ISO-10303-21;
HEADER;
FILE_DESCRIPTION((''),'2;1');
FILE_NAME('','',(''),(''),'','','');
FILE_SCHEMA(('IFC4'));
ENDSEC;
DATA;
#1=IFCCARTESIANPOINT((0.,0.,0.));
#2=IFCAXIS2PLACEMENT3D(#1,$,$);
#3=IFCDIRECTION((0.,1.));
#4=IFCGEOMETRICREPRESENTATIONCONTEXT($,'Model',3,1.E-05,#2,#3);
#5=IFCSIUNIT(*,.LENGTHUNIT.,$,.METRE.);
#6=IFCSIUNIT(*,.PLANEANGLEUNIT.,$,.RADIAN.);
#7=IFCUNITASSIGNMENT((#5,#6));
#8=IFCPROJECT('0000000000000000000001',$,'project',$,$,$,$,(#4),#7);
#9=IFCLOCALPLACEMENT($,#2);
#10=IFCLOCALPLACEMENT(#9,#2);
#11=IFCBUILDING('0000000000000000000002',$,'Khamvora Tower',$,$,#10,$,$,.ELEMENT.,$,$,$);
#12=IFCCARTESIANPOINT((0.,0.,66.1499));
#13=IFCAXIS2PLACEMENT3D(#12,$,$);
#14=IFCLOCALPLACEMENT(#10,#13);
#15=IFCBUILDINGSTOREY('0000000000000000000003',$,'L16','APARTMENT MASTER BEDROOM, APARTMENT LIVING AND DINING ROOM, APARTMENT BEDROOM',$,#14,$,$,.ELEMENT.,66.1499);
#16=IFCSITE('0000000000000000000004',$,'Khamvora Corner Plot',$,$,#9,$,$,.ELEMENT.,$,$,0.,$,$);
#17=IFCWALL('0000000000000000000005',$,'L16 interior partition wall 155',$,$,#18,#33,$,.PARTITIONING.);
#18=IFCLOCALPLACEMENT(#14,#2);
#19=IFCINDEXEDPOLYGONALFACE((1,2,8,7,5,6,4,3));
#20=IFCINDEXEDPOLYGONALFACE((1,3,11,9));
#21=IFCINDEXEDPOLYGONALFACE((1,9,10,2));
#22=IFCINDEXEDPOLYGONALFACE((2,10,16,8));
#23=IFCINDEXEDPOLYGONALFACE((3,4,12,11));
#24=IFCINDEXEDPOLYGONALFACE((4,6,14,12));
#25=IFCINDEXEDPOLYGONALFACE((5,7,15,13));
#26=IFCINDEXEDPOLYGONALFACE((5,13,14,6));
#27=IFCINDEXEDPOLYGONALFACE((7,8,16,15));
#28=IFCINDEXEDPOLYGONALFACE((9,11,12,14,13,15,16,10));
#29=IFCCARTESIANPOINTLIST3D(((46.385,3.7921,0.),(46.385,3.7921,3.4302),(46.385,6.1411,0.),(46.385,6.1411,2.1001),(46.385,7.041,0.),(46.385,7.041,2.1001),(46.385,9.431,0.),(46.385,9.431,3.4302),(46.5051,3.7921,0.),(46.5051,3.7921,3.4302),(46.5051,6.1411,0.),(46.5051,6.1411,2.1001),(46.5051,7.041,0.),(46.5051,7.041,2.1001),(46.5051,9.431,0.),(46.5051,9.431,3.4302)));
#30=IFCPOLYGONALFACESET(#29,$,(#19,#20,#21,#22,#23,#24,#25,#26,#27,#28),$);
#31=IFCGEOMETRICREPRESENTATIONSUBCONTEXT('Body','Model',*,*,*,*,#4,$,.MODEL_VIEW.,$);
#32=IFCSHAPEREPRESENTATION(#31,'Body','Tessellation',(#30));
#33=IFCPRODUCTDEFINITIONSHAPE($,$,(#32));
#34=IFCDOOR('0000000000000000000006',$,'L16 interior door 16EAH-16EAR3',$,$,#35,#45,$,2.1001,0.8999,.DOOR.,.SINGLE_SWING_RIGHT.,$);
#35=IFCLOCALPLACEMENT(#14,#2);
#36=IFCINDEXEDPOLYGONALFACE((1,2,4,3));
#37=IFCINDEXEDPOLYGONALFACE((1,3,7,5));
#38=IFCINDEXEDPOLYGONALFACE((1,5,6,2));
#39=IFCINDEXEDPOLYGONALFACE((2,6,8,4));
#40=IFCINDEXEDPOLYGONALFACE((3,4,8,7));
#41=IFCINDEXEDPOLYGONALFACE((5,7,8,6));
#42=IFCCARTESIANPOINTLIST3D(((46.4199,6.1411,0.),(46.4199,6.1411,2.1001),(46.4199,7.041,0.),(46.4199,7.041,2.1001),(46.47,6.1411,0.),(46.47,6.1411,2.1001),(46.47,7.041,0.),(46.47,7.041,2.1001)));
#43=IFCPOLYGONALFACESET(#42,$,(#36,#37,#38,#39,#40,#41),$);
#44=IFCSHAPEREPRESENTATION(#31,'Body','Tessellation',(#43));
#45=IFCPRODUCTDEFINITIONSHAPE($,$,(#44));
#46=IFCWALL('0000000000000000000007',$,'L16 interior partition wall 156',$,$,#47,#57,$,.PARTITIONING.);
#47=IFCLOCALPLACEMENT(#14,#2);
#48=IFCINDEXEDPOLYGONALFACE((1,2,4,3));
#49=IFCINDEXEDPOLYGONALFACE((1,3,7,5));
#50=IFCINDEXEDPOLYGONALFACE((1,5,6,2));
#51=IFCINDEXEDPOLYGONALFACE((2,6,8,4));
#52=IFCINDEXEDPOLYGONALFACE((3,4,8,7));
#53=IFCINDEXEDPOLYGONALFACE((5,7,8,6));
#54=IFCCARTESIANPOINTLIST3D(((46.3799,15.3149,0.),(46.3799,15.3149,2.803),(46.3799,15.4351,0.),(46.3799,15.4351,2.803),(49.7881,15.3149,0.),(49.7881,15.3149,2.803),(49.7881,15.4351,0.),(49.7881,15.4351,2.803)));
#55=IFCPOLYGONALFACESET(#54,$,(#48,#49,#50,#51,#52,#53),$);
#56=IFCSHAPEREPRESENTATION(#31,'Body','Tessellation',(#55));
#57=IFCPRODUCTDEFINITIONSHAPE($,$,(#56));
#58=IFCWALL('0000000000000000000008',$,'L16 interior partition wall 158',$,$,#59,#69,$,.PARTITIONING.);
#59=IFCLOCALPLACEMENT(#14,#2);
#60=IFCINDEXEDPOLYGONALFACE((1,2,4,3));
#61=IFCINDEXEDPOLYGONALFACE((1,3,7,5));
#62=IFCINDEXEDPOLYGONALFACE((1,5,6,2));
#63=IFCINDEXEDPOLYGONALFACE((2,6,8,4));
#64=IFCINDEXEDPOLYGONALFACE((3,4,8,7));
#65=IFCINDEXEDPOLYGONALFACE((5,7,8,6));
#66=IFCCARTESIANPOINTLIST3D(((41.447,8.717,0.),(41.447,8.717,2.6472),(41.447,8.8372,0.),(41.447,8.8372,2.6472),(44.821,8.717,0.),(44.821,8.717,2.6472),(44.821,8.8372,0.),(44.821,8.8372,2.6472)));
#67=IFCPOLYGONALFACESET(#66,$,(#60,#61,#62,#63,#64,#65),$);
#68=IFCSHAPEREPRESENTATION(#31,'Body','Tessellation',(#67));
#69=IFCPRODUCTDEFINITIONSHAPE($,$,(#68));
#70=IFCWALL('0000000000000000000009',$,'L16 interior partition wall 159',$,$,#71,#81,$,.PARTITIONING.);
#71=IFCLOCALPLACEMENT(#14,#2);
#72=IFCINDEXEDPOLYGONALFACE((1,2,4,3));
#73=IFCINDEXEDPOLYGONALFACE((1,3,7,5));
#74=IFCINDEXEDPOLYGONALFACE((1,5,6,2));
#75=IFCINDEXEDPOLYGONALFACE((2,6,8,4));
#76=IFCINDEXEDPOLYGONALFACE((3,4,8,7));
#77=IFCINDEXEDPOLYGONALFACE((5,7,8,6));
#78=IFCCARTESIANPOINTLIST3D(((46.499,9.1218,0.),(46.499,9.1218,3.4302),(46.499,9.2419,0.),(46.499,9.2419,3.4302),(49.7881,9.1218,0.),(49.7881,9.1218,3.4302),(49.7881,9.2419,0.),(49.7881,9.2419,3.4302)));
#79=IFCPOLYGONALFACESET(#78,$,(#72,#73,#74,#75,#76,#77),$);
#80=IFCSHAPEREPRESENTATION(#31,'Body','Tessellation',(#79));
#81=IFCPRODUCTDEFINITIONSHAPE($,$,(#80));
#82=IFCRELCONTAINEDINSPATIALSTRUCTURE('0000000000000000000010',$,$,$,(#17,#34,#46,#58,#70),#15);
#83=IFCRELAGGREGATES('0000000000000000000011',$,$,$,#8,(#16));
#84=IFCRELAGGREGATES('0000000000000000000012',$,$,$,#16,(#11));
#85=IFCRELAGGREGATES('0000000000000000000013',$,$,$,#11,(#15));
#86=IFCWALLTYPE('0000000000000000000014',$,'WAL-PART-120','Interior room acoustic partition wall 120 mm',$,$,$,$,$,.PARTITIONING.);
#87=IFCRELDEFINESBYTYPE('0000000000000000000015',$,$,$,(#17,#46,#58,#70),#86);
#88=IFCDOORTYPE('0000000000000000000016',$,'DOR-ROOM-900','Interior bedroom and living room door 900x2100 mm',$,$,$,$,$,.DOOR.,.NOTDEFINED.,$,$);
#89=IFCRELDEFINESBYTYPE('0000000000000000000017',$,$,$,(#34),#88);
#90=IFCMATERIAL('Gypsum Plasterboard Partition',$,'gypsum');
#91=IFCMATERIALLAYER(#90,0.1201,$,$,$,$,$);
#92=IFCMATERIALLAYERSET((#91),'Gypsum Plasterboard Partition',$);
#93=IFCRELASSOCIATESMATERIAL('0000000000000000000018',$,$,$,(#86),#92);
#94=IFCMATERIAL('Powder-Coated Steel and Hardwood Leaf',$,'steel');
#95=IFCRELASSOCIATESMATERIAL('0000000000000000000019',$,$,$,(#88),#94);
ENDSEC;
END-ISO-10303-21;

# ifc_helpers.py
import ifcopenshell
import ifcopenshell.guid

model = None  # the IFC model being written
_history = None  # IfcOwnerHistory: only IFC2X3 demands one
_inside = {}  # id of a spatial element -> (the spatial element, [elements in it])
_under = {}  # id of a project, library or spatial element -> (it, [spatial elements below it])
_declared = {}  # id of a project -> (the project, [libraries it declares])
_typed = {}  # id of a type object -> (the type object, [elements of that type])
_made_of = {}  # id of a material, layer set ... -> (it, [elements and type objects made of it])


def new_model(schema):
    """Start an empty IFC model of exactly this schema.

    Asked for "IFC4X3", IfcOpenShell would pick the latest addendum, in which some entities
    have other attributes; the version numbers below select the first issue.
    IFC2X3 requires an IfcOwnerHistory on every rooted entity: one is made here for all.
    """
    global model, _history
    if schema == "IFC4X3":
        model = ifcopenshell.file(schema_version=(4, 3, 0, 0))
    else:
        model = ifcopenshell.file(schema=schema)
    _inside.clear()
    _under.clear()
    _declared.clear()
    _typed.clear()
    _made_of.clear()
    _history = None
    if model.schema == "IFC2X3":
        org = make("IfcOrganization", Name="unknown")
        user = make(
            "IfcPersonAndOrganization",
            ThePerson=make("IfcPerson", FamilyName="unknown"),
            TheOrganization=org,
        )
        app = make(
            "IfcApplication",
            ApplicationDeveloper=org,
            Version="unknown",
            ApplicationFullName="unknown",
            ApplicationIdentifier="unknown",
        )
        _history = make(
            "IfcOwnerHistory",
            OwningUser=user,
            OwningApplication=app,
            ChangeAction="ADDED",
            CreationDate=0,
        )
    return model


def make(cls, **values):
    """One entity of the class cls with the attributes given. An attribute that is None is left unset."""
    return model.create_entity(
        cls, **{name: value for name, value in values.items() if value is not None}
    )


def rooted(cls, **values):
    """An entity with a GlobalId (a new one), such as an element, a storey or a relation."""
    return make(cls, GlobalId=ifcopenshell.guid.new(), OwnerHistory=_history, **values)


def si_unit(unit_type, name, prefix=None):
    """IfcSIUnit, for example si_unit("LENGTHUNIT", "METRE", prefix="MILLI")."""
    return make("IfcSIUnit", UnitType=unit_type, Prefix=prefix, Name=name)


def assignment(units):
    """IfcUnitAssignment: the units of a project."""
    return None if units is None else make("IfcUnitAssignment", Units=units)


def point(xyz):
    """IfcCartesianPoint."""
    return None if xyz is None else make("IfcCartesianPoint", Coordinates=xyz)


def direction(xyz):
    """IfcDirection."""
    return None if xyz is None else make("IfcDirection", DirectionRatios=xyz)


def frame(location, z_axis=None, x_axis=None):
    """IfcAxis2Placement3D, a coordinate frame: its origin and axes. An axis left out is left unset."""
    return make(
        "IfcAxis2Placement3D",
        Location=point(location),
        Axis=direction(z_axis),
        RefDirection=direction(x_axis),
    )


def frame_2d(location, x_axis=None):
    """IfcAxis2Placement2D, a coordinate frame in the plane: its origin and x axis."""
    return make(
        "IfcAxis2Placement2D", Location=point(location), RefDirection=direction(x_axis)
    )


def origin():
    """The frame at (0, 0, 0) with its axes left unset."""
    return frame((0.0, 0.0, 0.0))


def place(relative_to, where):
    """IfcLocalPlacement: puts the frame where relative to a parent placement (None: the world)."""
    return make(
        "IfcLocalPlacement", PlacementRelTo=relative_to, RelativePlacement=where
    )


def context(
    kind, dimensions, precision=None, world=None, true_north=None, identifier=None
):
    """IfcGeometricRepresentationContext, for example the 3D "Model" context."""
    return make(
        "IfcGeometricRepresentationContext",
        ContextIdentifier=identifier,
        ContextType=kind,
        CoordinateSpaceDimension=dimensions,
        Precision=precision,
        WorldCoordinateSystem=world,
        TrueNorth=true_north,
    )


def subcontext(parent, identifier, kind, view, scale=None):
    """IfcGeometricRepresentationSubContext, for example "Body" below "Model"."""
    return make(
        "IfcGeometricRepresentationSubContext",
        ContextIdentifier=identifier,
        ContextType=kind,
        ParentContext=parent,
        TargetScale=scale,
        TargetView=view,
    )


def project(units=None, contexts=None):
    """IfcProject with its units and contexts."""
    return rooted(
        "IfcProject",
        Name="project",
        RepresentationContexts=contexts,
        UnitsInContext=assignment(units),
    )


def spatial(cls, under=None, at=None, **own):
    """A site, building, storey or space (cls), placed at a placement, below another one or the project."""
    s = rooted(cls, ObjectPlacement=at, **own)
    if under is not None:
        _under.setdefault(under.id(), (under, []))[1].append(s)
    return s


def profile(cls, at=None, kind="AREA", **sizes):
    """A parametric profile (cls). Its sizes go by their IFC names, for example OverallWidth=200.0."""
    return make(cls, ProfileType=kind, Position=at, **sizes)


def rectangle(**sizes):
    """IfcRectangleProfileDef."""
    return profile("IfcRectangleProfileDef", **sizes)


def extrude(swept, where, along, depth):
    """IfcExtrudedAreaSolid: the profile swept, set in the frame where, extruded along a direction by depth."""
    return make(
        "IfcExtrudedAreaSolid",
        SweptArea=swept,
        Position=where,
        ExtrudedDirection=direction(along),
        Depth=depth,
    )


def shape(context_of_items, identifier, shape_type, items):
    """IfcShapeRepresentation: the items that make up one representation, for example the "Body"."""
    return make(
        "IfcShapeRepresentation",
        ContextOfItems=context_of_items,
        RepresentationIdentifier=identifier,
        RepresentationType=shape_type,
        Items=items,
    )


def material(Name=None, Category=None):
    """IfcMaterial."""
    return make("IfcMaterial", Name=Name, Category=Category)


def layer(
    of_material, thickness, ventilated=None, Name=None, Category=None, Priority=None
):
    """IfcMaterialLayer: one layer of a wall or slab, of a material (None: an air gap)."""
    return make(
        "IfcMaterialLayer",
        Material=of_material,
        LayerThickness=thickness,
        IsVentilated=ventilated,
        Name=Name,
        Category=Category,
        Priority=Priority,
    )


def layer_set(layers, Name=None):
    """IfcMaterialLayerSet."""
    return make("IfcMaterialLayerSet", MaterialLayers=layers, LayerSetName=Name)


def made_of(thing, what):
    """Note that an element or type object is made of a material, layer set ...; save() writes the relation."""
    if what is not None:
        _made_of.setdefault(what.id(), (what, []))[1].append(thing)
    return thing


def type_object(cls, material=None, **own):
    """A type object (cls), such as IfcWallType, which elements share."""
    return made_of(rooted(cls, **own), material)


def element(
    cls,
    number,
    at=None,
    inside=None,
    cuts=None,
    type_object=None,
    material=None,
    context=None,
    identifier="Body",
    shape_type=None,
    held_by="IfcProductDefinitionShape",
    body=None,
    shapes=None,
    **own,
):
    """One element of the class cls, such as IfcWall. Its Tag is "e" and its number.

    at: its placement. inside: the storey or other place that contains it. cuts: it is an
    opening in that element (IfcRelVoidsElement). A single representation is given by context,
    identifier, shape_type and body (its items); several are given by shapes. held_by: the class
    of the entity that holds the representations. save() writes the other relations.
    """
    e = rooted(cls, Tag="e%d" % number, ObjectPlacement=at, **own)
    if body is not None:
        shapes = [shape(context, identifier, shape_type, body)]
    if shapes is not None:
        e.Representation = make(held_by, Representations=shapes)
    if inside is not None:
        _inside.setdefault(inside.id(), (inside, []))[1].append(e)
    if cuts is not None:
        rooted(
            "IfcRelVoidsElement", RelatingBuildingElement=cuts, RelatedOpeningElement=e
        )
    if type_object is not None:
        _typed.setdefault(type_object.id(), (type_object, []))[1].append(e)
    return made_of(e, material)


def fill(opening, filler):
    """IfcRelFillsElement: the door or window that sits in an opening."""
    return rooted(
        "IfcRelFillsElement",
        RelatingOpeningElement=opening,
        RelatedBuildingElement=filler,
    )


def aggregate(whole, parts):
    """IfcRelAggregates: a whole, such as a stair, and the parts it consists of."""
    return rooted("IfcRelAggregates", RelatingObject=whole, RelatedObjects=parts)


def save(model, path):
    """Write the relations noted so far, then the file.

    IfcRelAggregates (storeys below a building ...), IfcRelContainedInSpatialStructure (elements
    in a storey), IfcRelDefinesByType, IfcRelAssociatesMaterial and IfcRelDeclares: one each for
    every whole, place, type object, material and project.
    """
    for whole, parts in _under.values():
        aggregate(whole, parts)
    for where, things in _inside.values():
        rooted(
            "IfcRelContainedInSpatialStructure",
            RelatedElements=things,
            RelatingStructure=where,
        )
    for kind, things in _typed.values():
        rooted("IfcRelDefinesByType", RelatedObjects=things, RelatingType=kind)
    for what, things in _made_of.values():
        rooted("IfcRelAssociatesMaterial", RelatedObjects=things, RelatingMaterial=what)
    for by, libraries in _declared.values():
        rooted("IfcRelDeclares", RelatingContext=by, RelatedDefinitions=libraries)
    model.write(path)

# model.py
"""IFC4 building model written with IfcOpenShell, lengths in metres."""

from ifc_helpers import new_model, si_unit, direction, frame, frame_2d, origin, place, context, subcontext, project, spatial, rectangle, extrude, material, layer, layer_set, type_object, element, fill, save


model = new_model("IFC4")

# Units and contexts
model_context = context("Model", 3, precision=1e-05, world=origin(), true_north=direction((0.0, 1.0)))
body_context = subcontext(model_context, "Body", "Model", "MODEL_VIEW")
ifc_project = project(units=[si_unit("LENGTHUNIT", "METRE"), si_unit("PLANEANGLEUNIT", "RADIAN")], contexts=[model_context])

# Site, building, storey
site_placement = place(None, origin())
site = spatial("IfcSite", under=ifc_project, at=site_placement, Name="Khamvora Corner Plot", CompositionType="ELEMENT", RefElevation=0.0)
building_placement = place(site_placement, origin())
building = spatial("IfcBuilding", under=site, at=building_placement, Name="Khamvora Tower", CompositionType="ELEMENT")
storey_placement = place(building_placement, frame((0.0, 0.0, 66.1499)))
storey = spatial("IfcBuildingStorey", under=building, at=storey_placement, Name="L16", Description="APARTMENT MASTER BEDROOM, APARTMENT LIVING AND DINING ROOM, APARTMENT BEDROOM", CompositionType="ELEMENT", Elevation=66.1499)

# Shared definitions
ifc_material_1 = material(Name="Gypsum Plasterboard Partition", Category="gypsum")
ifc_layer_1 = layer(ifc_material_1, 0.1201)
ifc_layer_set_1 = layer_set([ifc_layer_1], Name="Gypsum Plasterboard Partition")
wall_type_1 = type_object("IfcWallType", Name="WAL-PART-120", Description="Interior room acoustic partition wall 120 mm", PredefinedType="PARTITIONING", material=ifc_layer_set_1)
ifc_material_2 = material(Name="Powder-Coated Steel and Hardwood Leaf", Category="steel")
door_type = type_object("IfcDoorType", Name="DOR-ROOM-900", Description="Interior bedroom and living room door 900x2100 mm", OperationType="NOTDEFINED", PredefinedType="DOOR", material=ifc_material_2)

# Wall, opening, door
wall_1_placement = place(storey_placement, frame((46.4451, 9.4309, 0.0), z_axis=(0.0, 0.0, 1.0), x_axis=(0.0, -1.0, 0.0)))
wall_1 = element("IfcWall", 1, at=wall_1_placement, inside=storey, type_object=wall_type_1, Name="L16 interior partition wall 155", PredefinedType="PARTITIONING", context=body_context, shape_type="SweptSolid", body=[
    extrude(rectangle(XDim=5.6389, YDim=0.1201, at=frame_2d((2.8193, 0.0))), origin(), (0.0, 0.0, 1.0), 3.4302),
])
opening_1_placement = place(wall_1_placement, frame((2.3899, 0.0, 0.0)))
opening_1 = element("IfcOpeningElement", 2, at=opening_1_placement, cuts=wall_1, PredefinedType="OPENING", context=body_context, shape_type="SweptSolid", body=[
    extrude(rectangle(XDim=0.8999, YDim=2.1001, at=frame_2d((0.45, 1.05))), frame((0.0, 0.0701, 0.0), z_axis=(0.0, -1.0, 0.0), x_axis=(1.0, 0.0, 0.0)), (0.0, 0.0, 1.0), 0.1401),
])
door_1_placement = place(opening_1_placement, origin())
door_1 = element("IfcDoor", 3, at=door_1_placement, inside=storey, type_object=door_type, Name="L16 interior door 16EAH-16EAR3", OperationType="SINGLE_SWING_RIGHT", OverallHeight=2.1001, OverallWidth=0.8999, PredefinedType="DOOR", context=body_context, shape_type="SweptSolid", body=[
    extrude(rectangle(XDim=0.8999, YDim=2.1001, at=frame_2d((0.45, 1.05))), frame((0.0, 0.0249, 0.0), z_axis=(0.0, -1.0, 0.0), x_axis=(1.0, 0.0, 0.0)), (0.0, 0.0, 1.0), 0.05),
])
fill(opening_1, door_1)

# Walls
wall_2_placement = place(storey_placement, frame((49.7881, 15.375, 0.0), z_axis=(0.0, 0.0, 1.0), x_axis=(-1.0, 0.0, 0.0)))
element("IfcWall", 4, at=wall_2_placement, inside=storey, type_object=wall_type_1, Name="L16 interior partition wall 156", PredefinedType="PARTITIONING", context=body_context, shape_type="SweptSolid", body=[
    extrude(rectangle(XDim=3.4082, YDim=0.1201, at=frame_2d((1.7041, 0.0))), origin(), (0.0, 0.0, 1.0), 2.803),
])
wall_3_placement = place(storey_placement, frame((41.447, 8.7771, 0.0), z_axis=(0.0, 0.0, 1.0), x_axis=(1.0, 0.0, 0.0)))
element("IfcWall", 5, at=wall_3_placement, inside=storey, type_object=wall_type_1, Name="L16 interior partition wall 158", PredefinedType="PARTITIONING", context=body_context, shape_type="SweptSolid", body=[
    extrude(rectangle(XDim=3.374, YDim=0.1201, at=frame_2d((1.687, 0.0))), origin(), (0.0, 0.0, 1.0), 2.6472),
])
wall_4_placement = place(storey_placement, frame((46.499, 9.1819, 0.0), z_axis=(0.0, 0.0, 1.0), x_axis=(1.0, 0.0, 0.0)))
element("IfcWall", 6, at=wall_4_placement, inside=storey, type_object=wall_type_1, Name="L16 interior partition wall 159", PredefinedType="PARTITIONING", context=body_context, shape_type="SweptSolid", body=[
    extrude(rectangle(XDim=3.2891, YDim=0.1201, at=frame_2d((1.6445, 0.0))), origin(), (0.0, 0.0, 1.0), 3.4302),
])

save(model, "model.ifc")
